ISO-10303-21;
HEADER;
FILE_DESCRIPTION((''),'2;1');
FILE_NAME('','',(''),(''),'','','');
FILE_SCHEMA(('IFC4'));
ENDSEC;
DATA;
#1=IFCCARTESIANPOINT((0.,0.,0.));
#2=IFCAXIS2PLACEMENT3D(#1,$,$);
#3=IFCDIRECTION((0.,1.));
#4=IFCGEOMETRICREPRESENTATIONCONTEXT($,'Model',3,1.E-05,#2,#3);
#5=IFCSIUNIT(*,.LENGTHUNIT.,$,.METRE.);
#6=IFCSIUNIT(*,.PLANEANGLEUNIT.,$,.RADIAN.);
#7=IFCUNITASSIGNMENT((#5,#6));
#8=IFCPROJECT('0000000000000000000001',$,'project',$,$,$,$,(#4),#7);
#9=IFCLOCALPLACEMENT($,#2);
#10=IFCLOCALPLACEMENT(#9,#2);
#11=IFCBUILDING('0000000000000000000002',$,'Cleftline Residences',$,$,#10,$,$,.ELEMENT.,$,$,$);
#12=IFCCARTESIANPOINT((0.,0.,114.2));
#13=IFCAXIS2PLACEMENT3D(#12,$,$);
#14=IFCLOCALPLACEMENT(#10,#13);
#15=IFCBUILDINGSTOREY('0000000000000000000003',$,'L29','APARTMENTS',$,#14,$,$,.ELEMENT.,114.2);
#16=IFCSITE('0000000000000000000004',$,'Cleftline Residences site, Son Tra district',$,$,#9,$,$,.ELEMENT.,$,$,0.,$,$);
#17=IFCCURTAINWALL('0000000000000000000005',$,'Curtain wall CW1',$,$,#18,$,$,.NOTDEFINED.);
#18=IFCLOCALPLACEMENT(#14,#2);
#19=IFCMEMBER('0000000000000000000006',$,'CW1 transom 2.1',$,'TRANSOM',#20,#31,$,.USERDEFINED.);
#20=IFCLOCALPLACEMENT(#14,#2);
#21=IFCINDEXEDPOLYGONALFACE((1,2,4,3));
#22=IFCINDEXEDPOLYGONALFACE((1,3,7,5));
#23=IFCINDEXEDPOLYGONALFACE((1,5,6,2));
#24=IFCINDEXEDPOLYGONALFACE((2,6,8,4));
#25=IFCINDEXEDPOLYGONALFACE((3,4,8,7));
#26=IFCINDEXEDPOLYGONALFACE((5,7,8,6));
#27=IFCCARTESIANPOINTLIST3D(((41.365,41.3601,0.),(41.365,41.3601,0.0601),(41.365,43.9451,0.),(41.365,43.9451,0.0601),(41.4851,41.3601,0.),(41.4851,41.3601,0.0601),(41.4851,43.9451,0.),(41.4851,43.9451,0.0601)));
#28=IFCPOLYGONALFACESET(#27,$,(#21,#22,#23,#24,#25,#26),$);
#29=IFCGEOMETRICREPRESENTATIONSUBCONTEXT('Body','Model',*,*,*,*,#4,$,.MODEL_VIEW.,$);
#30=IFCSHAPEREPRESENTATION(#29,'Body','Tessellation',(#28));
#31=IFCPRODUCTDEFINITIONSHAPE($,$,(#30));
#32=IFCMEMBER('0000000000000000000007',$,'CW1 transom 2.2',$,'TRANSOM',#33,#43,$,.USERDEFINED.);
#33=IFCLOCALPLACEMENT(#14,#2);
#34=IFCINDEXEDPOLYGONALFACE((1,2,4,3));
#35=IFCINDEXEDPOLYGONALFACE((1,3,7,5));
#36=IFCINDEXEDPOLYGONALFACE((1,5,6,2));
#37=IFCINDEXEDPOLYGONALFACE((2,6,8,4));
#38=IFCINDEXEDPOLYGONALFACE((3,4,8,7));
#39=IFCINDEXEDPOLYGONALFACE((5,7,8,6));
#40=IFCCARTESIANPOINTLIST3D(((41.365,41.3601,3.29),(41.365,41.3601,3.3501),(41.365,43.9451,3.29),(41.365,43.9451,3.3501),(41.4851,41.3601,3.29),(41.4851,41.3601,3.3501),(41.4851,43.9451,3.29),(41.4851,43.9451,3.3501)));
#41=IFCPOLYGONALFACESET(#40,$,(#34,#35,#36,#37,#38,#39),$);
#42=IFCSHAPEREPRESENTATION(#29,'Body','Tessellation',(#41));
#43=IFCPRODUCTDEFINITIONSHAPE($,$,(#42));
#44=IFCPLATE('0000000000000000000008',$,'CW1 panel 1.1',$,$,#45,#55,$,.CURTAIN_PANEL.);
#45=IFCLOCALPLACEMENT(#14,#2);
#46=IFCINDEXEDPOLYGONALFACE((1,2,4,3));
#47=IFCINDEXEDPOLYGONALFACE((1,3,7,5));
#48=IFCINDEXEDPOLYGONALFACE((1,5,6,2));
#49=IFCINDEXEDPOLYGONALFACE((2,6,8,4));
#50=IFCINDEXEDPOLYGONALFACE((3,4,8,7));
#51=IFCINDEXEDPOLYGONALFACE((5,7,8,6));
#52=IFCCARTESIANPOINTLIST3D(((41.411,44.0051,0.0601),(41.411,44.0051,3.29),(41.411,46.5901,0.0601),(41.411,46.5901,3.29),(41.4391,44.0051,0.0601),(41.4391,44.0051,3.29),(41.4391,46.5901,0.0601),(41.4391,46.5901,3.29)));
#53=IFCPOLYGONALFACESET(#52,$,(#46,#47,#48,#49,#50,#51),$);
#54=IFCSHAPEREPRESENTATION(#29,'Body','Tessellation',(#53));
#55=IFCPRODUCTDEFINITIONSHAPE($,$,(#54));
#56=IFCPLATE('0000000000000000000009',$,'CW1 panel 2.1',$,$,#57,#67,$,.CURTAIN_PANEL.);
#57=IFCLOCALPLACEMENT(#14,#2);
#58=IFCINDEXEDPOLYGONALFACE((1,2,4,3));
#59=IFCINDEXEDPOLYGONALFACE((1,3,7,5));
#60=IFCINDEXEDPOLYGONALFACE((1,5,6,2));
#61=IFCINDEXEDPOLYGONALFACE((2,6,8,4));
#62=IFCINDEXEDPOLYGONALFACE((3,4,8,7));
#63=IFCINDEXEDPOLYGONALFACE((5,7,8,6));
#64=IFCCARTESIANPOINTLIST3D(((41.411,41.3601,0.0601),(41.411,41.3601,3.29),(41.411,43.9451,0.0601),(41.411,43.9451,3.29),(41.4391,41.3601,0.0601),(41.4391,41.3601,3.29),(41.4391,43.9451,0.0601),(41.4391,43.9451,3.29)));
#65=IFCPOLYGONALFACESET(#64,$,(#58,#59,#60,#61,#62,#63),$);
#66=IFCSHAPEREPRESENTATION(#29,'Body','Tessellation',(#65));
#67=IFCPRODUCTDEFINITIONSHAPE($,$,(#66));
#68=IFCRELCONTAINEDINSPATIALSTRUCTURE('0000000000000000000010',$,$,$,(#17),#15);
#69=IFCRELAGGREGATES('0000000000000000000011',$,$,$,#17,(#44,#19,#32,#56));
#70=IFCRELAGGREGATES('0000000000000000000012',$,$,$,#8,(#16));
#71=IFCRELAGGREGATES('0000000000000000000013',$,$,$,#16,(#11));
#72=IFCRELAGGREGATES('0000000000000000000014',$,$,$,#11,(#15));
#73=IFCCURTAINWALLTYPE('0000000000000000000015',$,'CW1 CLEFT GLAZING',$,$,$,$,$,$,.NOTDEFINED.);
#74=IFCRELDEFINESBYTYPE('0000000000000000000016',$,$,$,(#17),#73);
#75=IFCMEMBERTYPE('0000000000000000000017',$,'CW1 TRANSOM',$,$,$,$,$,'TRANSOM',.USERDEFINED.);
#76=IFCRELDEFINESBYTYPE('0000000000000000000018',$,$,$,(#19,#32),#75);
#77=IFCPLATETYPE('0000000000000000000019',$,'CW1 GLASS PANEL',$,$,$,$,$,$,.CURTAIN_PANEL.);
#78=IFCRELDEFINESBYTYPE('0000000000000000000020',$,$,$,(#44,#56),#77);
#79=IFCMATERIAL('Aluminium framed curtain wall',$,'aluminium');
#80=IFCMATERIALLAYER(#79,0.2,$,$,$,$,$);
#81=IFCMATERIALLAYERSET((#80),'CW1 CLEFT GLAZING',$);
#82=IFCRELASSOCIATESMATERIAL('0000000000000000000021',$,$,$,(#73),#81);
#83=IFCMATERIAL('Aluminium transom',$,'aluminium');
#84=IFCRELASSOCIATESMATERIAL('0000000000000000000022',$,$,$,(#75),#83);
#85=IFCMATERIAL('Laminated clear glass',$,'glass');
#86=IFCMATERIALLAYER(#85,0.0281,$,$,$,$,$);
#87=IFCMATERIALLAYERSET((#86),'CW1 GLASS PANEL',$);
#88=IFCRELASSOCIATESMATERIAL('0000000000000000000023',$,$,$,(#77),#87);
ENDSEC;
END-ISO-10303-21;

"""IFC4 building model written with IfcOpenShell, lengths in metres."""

from ifc_helpers import new_model, si_unit, direction, frame, origin, origin_2d, place, context, subcontext, project, spatial, rectangle, extrude, material, layer, layer_set, material_profile, profile_set, type_object, element, aggregate, save


model = new_model("IFC4")

# Units and contexts
model_context = context("Model", 3, precision=1e-05, world=origin(), true_north=direction((0.0, 1.0)))
body_context = subcontext(model_context, "Body", "Model", "MODEL_VIEW")
ifc_project = project(units=[si_unit("LENGTHUNIT", "METRE"), si_unit("PLANEANGLEUNIT", "RADIAN")], contexts=[model_context])

# Site, building, storey
site_placement = place(None, origin())
site = spatial("IfcSite", under=ifc_project, at=site_placement, Name="Cleftline Residences site, Son Tra district", CompositionType="ELEMENT", RefElevation=0.0)
building_placement = place(site_placement, origin())
building = spatial("IfcBuilding", under=site, at=building_placement, Name="Cleftline Residences", CompositionType="ELEMENT")
storey_placement = place(building_placement, frame((0.0, 0.0, 114.2)))
storey = spatial("IfcBuildingStorey", under=building, at=storey_placement, Name="L29", Description="APARTMENTS", CompositionType="ELEMENT", Elevation=114.2)

# Curtain wall, members, plates
ifc_material_1 = material(Name="Aluminium framed curtain wall", Category="aluminium")
ifc_layer_1 = layer(ifc_material_1, 0.2)
ifc_layer_set_1 = layer_set([ifc_layer_1], Name="CW1 CLEFT GLAZING")
curtain_wall_type = type_object("IfcCurtainWallType", Name="CW1 CLEFT GLAZING", PredefinedType="NOTDEFINED", material=ifc_layer_set_1)
curtain_wall_placement = place(storey_placement, origin())
curtain_wall = element("IfcCurtainWall", 1, at=curtain_wall_placement, inside=storey, type_object=curtain_wall_type, Name="Curtain wall CW1", PredefinedType="NOTDEFINED")
ifc_material_2 = material(Name="Aluminium transom", Category="aluminium")
ifc_material_profile_1 = material_profile(ifc_material_2, rectangle(XDim=0.1201, YDim=0.0601, at=origin_2d()))
ifc_profile_set_1 = profile_set([ifc_material_profile_1], Name="Aluminium transom")
member_type_1 = type_object("IfcMemberType", Name="CW1 TRANSOM", ElementType="TRANSOM", PredefinedType="USERDEFINED", material=ifc_profile_set_1)
member_1_placement = place(storey_placement, frame((41.425, 43.9451, 0.03), z_axis=(0.0, -1.0, 0.0), x_axis=(1.0, 0.0, 0.0)))
member_1 = element("IfcMember", 2, at=member_1_placement, type_object=member_type_1, Name="CW1 transom 2.1", ObjectType="TRANSOM", PredefinedType="USERDEFINED", context=body_context, shape_type="SweptSolid", body=[
    extrude(rectangle(XDim=0.1201, YDim=0.0601, at=origin_2d()), origin(), (0.0, 0.0, 1.0), 2.585),
])
member_2_placement = place(storey_placement, frame((41.425, 43.9451, 3.3201), z_axis=(0.0, -1.0, 0.0), x_axis=(1.0, 0.0, 0.0)))
member_2 = element("IfcMember", 3, at=member_2_placement, type_object=member_type_1, Name="CW1 transom 2.2", ObjectType="TRANSOM", PredefinedType="USERDEFINED", context=body_context, shape_type="SweptSolid", body=[
    extrude(rectangle(XDim=0.1201, YDim=0.0601, at=origin_2d()), origin(), (0.0, 0.0, 1.0), 2.585),
])
ifc_material_3 = material(Name="Laminated clear glass", Category="glass")
ifc_layer_2 = layer(ifc_material_3, 0.0281)
ifc_layer_set_2 = layer_set([ifc_layer_2], Name="CW1 GLASS PANEL")
plate_type = type_object("IfcPlateType", Name="CW1 GLASS PANEL", PredefinedType="CURTAIN_PANEL", material=ifc_layer_set_2)
plate_1_placement = place(storey_placement, frame((41.425, 45.2976, 0.0601), z_axis=(0.0, 0.0, 1.0), x_axis=(0.0, -1.0, 0.0)))
plate_1 = element("IfcPlate", 4, at=plate_1_placement, type_object=plate_type, Name="CW1 panel 1.1", PredefinedType="CURTAIN_PANEL", context=body_context, shape_type="SweptSolid", body=[
    extrude(rectangle(XDim=2.585, YDim=0.0281, at=origin_2d()), origin(), (0.0, 0.0, 1.0), 3.23),
])
plate_2_placement = place(storey_placement, frame((41.425, 42.6526, 0.0601), z_axis=(0.0, 0.0, 1.0), x_axis=(0.0, -1.0, 0.0)))
plate_2 = element("IfcPlate", 5, at=plate_2_placement, type_object=plate_type, Name="CW1 panel 2.1", PredefinedType="CURTAIN_PANEL", context=body_context, shape_type="SweptSolid", body=[
    extrude(rectangle(XDim=2.585, YDim=0.0281, at=origin_2d()), origin(), (0.0, 0.0, 1.0), 3.23),
])
aggregate(curtain_wall, [plate_1, member_1, member_2, plate_2])

save(model, "model.ifc")
